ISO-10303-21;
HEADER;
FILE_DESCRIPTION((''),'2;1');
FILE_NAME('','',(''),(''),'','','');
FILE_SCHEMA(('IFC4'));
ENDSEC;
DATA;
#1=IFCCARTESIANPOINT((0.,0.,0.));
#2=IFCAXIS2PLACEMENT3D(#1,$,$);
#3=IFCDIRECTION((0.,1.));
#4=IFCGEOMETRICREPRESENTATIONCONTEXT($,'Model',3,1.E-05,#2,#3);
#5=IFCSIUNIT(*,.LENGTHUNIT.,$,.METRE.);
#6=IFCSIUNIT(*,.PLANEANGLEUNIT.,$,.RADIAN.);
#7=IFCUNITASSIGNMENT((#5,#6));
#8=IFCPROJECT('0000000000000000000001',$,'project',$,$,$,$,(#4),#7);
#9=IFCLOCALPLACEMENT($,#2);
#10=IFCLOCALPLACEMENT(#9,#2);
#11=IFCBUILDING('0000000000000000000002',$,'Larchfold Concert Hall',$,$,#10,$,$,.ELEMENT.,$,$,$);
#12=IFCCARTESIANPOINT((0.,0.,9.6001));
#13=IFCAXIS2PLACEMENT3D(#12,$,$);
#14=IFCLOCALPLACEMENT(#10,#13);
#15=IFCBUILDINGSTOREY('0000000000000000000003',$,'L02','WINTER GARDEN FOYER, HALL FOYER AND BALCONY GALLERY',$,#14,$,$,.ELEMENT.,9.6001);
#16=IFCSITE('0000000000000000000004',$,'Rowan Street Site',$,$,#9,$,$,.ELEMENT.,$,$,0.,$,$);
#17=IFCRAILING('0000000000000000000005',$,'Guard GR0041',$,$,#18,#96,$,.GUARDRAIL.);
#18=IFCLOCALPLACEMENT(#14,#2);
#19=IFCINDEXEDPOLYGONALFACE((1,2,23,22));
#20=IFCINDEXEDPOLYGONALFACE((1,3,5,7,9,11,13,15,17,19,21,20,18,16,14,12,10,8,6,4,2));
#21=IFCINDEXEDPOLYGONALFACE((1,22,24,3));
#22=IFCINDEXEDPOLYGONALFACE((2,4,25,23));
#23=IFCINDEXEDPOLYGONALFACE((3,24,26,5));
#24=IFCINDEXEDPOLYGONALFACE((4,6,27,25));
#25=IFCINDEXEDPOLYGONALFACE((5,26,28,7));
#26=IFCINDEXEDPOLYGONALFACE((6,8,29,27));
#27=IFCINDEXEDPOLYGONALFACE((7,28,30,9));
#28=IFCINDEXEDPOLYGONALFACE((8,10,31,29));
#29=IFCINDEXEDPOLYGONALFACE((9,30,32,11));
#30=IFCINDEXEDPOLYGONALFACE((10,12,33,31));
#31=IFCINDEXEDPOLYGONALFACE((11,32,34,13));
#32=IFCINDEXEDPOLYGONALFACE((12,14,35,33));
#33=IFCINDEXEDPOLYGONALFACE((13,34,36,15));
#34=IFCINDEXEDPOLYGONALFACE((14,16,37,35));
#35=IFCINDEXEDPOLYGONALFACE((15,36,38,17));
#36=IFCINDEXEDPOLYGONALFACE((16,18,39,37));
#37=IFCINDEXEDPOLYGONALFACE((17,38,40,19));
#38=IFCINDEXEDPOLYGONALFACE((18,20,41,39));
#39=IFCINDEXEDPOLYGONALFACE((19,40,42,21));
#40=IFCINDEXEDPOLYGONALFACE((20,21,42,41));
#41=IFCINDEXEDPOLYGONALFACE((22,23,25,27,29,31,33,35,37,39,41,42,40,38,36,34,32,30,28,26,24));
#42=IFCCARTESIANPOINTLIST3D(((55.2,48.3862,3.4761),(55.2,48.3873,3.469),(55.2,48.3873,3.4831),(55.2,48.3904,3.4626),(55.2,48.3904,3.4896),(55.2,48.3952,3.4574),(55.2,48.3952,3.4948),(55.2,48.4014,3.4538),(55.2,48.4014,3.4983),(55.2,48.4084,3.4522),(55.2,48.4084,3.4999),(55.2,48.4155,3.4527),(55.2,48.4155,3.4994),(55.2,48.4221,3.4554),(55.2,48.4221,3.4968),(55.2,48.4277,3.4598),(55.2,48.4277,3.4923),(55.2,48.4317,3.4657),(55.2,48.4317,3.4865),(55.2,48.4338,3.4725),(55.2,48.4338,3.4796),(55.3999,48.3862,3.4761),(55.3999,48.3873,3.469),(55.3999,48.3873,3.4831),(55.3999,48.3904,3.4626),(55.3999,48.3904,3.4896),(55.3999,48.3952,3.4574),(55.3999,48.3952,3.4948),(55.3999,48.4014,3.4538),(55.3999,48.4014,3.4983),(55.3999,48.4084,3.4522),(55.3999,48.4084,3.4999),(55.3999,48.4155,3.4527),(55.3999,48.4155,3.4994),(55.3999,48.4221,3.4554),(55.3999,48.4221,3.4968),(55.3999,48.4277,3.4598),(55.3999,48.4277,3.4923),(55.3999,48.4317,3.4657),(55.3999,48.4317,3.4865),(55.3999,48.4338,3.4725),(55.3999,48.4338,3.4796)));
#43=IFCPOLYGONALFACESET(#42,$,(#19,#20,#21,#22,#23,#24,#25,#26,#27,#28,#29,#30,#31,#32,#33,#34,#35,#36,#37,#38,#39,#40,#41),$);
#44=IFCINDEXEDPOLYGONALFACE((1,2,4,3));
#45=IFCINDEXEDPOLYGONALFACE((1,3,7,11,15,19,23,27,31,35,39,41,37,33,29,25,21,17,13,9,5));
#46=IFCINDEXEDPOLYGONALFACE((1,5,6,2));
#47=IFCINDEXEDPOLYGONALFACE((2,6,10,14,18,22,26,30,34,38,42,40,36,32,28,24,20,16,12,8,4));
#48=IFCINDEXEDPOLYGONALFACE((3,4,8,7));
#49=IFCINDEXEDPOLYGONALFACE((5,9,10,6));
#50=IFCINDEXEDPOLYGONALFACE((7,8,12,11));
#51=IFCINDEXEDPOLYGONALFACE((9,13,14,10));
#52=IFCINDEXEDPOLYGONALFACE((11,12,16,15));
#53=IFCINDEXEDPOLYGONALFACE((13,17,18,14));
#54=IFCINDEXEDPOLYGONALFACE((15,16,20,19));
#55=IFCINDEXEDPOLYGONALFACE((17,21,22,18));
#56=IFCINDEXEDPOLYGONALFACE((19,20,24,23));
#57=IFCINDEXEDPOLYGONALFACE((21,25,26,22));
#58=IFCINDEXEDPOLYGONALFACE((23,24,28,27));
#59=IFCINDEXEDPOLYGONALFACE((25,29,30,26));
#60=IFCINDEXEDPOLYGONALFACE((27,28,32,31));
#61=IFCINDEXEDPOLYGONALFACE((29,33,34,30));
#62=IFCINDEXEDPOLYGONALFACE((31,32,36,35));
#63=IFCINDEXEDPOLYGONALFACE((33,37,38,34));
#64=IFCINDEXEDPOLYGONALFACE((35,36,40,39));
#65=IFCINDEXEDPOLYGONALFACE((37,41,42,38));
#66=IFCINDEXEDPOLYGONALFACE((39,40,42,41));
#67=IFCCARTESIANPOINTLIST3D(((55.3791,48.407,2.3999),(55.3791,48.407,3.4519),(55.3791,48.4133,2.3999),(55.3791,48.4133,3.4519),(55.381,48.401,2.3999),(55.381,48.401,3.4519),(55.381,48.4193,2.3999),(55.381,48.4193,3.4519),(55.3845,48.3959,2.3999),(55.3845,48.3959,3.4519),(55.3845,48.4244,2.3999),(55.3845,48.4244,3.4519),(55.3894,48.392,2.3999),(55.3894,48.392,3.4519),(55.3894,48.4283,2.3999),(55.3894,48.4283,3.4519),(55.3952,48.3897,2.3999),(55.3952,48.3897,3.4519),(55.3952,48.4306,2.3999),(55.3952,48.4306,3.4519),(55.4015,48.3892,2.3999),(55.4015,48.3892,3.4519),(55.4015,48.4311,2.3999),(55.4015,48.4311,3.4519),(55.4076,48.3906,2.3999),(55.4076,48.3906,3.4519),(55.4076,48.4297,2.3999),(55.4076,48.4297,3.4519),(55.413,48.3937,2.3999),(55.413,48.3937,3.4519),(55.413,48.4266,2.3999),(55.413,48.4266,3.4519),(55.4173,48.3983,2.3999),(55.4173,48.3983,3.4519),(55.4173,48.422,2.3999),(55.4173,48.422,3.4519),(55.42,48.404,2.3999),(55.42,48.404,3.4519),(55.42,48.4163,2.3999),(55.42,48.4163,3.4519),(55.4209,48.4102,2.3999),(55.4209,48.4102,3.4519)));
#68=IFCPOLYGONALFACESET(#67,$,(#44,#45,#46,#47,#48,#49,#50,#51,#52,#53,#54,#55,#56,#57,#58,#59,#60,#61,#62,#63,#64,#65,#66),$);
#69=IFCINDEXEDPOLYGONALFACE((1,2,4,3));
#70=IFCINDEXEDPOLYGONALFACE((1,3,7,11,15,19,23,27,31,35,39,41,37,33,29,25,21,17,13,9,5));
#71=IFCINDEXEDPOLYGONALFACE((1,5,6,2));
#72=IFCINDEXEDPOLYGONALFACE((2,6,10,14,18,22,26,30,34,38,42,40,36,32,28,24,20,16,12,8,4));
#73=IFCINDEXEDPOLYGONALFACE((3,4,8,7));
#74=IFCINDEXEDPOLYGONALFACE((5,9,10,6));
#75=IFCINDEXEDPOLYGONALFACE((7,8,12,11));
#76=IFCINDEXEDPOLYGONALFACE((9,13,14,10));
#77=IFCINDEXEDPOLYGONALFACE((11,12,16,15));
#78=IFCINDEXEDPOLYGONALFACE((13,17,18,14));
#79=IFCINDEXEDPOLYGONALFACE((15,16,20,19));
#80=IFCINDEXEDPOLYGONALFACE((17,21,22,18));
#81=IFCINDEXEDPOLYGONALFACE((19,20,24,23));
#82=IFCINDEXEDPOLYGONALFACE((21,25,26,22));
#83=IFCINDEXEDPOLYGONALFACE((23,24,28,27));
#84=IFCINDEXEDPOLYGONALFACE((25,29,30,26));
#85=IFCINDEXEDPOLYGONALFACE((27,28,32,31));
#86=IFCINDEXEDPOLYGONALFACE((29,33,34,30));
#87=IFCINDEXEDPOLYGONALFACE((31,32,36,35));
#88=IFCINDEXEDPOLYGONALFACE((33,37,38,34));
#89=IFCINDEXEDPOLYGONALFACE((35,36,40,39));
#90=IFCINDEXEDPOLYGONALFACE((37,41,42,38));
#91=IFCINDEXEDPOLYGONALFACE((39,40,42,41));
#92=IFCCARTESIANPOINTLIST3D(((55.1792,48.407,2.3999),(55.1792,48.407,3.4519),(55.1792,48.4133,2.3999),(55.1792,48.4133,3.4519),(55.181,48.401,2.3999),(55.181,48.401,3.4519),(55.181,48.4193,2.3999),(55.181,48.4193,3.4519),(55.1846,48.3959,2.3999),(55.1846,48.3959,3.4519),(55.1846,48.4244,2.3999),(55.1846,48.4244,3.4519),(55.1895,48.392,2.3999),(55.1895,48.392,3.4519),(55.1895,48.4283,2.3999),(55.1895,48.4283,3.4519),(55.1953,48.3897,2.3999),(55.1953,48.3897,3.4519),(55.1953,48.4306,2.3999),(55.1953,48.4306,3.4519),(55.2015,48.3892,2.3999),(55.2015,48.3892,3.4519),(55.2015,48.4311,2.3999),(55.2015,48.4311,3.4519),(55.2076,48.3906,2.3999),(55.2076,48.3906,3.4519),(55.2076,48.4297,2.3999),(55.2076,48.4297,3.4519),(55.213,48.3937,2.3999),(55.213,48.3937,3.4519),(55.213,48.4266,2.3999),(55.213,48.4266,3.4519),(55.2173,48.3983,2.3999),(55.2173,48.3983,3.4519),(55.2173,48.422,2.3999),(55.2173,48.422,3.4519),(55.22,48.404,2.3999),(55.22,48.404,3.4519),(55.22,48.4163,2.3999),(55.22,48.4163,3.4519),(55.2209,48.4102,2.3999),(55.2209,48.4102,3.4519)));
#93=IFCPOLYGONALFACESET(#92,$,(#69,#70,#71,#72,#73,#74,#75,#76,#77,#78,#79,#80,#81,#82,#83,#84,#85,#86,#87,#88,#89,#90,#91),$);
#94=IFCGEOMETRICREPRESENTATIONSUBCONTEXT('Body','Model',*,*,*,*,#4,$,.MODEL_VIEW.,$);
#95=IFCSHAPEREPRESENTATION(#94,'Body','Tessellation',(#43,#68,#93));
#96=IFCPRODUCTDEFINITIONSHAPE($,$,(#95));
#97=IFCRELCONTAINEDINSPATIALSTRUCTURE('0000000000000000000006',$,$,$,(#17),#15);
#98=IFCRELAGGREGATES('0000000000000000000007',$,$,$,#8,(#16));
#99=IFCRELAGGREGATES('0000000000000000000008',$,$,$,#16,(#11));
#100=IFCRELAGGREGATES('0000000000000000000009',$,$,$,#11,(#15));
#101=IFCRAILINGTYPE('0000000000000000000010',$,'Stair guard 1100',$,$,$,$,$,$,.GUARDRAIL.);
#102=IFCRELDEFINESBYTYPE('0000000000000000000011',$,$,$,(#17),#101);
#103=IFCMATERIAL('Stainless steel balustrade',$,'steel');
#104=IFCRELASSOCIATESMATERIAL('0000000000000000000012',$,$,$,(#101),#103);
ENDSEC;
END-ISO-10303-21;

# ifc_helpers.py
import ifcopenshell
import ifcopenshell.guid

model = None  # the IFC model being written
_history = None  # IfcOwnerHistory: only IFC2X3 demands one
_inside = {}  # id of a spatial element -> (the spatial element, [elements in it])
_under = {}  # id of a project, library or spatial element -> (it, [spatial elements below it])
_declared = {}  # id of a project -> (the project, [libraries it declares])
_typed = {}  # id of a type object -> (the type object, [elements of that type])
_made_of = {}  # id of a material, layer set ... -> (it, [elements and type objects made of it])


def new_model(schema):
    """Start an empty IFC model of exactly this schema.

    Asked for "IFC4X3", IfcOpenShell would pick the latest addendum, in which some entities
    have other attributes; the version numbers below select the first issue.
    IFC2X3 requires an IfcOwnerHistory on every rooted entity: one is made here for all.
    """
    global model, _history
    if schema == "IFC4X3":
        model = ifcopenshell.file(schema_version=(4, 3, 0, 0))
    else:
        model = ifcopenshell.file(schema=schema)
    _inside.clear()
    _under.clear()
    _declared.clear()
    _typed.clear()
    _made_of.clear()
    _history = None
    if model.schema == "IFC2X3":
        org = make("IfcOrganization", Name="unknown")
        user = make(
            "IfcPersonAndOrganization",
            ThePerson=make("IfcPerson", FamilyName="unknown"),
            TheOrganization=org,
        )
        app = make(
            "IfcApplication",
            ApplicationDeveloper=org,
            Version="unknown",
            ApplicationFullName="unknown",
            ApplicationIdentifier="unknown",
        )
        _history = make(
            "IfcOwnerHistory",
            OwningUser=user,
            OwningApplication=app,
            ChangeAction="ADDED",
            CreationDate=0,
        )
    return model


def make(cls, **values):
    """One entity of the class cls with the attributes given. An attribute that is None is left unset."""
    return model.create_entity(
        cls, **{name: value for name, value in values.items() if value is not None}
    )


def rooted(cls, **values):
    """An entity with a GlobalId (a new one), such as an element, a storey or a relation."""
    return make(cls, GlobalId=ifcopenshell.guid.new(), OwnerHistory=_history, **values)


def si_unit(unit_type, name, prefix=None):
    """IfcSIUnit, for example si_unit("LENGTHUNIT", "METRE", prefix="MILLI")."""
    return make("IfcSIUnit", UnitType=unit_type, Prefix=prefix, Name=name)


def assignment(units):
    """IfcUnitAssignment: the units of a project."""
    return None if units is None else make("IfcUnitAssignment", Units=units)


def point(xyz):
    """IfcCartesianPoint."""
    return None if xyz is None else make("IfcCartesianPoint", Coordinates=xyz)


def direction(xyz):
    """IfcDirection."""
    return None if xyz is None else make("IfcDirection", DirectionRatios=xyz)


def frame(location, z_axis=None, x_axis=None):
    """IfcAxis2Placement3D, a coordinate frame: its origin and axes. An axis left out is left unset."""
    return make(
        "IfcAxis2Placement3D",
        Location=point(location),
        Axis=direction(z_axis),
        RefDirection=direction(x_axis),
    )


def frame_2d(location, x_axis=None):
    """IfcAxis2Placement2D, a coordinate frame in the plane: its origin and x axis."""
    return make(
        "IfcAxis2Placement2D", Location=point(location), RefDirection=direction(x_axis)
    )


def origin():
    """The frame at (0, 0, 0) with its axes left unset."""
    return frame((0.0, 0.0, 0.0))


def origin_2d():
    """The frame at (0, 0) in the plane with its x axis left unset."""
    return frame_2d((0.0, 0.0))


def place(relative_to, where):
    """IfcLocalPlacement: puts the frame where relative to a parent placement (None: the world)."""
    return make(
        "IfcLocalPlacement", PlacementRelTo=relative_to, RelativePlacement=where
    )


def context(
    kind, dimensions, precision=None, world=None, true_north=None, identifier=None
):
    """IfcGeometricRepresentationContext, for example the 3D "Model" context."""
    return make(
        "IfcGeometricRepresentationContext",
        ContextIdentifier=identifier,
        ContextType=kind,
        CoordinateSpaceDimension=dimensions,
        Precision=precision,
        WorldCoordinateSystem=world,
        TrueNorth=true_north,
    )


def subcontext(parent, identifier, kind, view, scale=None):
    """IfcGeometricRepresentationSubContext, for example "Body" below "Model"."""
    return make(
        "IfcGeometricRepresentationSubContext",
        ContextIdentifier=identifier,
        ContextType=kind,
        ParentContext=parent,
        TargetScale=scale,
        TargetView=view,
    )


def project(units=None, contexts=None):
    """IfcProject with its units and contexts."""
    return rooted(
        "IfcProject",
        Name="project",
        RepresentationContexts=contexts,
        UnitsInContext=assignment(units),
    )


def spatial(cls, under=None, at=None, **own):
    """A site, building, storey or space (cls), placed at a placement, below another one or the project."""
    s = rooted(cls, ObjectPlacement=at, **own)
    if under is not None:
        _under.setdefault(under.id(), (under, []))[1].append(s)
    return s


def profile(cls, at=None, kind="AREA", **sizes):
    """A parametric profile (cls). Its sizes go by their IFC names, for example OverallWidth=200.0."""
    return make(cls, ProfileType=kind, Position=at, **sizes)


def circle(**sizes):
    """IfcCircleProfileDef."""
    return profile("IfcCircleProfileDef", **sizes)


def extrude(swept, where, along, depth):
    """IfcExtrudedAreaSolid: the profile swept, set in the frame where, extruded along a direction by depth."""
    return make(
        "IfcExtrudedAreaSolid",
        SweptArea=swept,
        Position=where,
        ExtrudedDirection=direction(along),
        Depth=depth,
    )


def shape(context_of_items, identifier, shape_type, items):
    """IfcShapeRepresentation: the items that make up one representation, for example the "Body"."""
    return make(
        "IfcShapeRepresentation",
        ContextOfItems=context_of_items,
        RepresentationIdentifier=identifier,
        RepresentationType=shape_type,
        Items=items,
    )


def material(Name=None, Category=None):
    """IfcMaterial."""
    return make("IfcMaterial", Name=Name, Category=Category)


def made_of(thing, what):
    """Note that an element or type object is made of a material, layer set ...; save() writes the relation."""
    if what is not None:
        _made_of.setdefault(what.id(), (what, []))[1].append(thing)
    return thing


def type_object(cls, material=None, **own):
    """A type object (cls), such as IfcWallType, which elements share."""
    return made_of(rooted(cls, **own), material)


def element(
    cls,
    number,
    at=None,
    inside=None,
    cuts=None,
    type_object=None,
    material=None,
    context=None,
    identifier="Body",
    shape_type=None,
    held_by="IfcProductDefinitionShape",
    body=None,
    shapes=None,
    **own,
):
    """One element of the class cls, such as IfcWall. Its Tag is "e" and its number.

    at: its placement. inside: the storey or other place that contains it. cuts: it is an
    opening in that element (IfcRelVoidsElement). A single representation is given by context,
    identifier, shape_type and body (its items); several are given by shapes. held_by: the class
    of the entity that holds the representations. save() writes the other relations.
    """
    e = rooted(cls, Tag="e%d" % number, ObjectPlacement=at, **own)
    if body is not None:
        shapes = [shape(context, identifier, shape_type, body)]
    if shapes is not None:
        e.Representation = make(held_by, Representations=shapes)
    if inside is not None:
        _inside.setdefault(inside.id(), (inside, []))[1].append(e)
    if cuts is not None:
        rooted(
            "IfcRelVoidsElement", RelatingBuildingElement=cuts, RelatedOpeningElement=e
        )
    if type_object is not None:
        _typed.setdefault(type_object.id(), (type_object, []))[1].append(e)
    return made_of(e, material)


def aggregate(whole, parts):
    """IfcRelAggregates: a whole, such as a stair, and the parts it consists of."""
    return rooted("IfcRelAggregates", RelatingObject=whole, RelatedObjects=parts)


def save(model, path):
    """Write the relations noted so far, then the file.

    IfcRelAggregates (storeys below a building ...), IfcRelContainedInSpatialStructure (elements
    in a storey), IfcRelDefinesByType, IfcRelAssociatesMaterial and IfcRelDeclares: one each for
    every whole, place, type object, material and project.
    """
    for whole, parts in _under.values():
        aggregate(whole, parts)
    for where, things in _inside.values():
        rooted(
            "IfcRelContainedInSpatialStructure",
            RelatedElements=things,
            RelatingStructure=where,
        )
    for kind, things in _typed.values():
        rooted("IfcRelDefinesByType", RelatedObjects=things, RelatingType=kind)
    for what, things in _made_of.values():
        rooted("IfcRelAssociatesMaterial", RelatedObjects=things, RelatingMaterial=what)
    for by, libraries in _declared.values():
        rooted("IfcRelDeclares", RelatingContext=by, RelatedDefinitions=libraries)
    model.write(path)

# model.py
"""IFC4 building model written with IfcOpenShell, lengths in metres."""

from ifc_helpers import new_model, si_unit, direction, frame, origin, origin_2d, place, context, subcontext, project, spatial, circle, extrude, material, type_object, element, save


model = new_model("IFC4")

# Units and contexts
model_context = context("Model", 3, precision=1e-05, world=origin(), true_north=direction((0.0, 1.0)))
body_context = subcontext(model_context, "Body", "Model", "MODEL_VIEW")
ifc_project = project(units=[si_unit("LENGTHUNIT", "METRE"), si_unit("PLANEANGLEUNIT", "RADIAN")], contexts=[model_context])

# Site, building, storey
site_placement = place(None, origin())
site = spatial("IfcSite", under=ifc_project, at=site_placement, Name="Rowan Street Site", CompositionType="ELEMENT", RefElevation=0.0)
building_placement = place(site_placement, origin())
building = spatial("IfcBuilding", under=site, at=building_placement, Name="Larchfold Concert Hall", CompositionType="ELEMENT")
storey_placement = place(building_placement, frame((0.0, 0.0, 9.6001)))
storey = spatial("IfcBuildingStorey", under=building, at=storey_placement, Name="L02", Description="WINTER GARDEN FOYER, HALL FOYER AND BALCONY GALLERY", CompositionType="ELEMENT", Elevation=9.6001)

# Railing
ifc_material_1 = material(Name="Stainless steel balustrade", Category="steel")
railing_type_1 = type_object("IfcRailingType", Name="Stair guard 1100", PredefinedType="GUARDRAIL", material=ifc_material_1)
railing_1_placement = place(storey_placement, frame((55.3999, 48.4102, 2.3999)))
element("IfcRailing", 1, at=railing_1_placement, inside=storey, type_object=railing_type_1, Name="Guard GR0041", PredefinedType="GUARDRAIL", context=body_context, shape_type="SweptSolid", body=[
    extrude(circle(Radius=0.0239, at=origin_2d()), frame((0.0, 0.0, 1.0762), z_axis=(-1.0, 0.0, 0.0), x_axis=(0.0, -1.0, 0.0)), (0.0, 0.0, 1.0), 0.2),
    extrude(circle(Radius=0.021, at=origin_2d()), origin(), (0.0, 0.0, 1.0), 1.052),
    extrude(circle(Radius=0.021, at=origin_2d()), frame((-0.2, 0.0, 0.0)), (0.0, 0.0, 1.0), 1.052),
])

save(model, "model.ifc")
